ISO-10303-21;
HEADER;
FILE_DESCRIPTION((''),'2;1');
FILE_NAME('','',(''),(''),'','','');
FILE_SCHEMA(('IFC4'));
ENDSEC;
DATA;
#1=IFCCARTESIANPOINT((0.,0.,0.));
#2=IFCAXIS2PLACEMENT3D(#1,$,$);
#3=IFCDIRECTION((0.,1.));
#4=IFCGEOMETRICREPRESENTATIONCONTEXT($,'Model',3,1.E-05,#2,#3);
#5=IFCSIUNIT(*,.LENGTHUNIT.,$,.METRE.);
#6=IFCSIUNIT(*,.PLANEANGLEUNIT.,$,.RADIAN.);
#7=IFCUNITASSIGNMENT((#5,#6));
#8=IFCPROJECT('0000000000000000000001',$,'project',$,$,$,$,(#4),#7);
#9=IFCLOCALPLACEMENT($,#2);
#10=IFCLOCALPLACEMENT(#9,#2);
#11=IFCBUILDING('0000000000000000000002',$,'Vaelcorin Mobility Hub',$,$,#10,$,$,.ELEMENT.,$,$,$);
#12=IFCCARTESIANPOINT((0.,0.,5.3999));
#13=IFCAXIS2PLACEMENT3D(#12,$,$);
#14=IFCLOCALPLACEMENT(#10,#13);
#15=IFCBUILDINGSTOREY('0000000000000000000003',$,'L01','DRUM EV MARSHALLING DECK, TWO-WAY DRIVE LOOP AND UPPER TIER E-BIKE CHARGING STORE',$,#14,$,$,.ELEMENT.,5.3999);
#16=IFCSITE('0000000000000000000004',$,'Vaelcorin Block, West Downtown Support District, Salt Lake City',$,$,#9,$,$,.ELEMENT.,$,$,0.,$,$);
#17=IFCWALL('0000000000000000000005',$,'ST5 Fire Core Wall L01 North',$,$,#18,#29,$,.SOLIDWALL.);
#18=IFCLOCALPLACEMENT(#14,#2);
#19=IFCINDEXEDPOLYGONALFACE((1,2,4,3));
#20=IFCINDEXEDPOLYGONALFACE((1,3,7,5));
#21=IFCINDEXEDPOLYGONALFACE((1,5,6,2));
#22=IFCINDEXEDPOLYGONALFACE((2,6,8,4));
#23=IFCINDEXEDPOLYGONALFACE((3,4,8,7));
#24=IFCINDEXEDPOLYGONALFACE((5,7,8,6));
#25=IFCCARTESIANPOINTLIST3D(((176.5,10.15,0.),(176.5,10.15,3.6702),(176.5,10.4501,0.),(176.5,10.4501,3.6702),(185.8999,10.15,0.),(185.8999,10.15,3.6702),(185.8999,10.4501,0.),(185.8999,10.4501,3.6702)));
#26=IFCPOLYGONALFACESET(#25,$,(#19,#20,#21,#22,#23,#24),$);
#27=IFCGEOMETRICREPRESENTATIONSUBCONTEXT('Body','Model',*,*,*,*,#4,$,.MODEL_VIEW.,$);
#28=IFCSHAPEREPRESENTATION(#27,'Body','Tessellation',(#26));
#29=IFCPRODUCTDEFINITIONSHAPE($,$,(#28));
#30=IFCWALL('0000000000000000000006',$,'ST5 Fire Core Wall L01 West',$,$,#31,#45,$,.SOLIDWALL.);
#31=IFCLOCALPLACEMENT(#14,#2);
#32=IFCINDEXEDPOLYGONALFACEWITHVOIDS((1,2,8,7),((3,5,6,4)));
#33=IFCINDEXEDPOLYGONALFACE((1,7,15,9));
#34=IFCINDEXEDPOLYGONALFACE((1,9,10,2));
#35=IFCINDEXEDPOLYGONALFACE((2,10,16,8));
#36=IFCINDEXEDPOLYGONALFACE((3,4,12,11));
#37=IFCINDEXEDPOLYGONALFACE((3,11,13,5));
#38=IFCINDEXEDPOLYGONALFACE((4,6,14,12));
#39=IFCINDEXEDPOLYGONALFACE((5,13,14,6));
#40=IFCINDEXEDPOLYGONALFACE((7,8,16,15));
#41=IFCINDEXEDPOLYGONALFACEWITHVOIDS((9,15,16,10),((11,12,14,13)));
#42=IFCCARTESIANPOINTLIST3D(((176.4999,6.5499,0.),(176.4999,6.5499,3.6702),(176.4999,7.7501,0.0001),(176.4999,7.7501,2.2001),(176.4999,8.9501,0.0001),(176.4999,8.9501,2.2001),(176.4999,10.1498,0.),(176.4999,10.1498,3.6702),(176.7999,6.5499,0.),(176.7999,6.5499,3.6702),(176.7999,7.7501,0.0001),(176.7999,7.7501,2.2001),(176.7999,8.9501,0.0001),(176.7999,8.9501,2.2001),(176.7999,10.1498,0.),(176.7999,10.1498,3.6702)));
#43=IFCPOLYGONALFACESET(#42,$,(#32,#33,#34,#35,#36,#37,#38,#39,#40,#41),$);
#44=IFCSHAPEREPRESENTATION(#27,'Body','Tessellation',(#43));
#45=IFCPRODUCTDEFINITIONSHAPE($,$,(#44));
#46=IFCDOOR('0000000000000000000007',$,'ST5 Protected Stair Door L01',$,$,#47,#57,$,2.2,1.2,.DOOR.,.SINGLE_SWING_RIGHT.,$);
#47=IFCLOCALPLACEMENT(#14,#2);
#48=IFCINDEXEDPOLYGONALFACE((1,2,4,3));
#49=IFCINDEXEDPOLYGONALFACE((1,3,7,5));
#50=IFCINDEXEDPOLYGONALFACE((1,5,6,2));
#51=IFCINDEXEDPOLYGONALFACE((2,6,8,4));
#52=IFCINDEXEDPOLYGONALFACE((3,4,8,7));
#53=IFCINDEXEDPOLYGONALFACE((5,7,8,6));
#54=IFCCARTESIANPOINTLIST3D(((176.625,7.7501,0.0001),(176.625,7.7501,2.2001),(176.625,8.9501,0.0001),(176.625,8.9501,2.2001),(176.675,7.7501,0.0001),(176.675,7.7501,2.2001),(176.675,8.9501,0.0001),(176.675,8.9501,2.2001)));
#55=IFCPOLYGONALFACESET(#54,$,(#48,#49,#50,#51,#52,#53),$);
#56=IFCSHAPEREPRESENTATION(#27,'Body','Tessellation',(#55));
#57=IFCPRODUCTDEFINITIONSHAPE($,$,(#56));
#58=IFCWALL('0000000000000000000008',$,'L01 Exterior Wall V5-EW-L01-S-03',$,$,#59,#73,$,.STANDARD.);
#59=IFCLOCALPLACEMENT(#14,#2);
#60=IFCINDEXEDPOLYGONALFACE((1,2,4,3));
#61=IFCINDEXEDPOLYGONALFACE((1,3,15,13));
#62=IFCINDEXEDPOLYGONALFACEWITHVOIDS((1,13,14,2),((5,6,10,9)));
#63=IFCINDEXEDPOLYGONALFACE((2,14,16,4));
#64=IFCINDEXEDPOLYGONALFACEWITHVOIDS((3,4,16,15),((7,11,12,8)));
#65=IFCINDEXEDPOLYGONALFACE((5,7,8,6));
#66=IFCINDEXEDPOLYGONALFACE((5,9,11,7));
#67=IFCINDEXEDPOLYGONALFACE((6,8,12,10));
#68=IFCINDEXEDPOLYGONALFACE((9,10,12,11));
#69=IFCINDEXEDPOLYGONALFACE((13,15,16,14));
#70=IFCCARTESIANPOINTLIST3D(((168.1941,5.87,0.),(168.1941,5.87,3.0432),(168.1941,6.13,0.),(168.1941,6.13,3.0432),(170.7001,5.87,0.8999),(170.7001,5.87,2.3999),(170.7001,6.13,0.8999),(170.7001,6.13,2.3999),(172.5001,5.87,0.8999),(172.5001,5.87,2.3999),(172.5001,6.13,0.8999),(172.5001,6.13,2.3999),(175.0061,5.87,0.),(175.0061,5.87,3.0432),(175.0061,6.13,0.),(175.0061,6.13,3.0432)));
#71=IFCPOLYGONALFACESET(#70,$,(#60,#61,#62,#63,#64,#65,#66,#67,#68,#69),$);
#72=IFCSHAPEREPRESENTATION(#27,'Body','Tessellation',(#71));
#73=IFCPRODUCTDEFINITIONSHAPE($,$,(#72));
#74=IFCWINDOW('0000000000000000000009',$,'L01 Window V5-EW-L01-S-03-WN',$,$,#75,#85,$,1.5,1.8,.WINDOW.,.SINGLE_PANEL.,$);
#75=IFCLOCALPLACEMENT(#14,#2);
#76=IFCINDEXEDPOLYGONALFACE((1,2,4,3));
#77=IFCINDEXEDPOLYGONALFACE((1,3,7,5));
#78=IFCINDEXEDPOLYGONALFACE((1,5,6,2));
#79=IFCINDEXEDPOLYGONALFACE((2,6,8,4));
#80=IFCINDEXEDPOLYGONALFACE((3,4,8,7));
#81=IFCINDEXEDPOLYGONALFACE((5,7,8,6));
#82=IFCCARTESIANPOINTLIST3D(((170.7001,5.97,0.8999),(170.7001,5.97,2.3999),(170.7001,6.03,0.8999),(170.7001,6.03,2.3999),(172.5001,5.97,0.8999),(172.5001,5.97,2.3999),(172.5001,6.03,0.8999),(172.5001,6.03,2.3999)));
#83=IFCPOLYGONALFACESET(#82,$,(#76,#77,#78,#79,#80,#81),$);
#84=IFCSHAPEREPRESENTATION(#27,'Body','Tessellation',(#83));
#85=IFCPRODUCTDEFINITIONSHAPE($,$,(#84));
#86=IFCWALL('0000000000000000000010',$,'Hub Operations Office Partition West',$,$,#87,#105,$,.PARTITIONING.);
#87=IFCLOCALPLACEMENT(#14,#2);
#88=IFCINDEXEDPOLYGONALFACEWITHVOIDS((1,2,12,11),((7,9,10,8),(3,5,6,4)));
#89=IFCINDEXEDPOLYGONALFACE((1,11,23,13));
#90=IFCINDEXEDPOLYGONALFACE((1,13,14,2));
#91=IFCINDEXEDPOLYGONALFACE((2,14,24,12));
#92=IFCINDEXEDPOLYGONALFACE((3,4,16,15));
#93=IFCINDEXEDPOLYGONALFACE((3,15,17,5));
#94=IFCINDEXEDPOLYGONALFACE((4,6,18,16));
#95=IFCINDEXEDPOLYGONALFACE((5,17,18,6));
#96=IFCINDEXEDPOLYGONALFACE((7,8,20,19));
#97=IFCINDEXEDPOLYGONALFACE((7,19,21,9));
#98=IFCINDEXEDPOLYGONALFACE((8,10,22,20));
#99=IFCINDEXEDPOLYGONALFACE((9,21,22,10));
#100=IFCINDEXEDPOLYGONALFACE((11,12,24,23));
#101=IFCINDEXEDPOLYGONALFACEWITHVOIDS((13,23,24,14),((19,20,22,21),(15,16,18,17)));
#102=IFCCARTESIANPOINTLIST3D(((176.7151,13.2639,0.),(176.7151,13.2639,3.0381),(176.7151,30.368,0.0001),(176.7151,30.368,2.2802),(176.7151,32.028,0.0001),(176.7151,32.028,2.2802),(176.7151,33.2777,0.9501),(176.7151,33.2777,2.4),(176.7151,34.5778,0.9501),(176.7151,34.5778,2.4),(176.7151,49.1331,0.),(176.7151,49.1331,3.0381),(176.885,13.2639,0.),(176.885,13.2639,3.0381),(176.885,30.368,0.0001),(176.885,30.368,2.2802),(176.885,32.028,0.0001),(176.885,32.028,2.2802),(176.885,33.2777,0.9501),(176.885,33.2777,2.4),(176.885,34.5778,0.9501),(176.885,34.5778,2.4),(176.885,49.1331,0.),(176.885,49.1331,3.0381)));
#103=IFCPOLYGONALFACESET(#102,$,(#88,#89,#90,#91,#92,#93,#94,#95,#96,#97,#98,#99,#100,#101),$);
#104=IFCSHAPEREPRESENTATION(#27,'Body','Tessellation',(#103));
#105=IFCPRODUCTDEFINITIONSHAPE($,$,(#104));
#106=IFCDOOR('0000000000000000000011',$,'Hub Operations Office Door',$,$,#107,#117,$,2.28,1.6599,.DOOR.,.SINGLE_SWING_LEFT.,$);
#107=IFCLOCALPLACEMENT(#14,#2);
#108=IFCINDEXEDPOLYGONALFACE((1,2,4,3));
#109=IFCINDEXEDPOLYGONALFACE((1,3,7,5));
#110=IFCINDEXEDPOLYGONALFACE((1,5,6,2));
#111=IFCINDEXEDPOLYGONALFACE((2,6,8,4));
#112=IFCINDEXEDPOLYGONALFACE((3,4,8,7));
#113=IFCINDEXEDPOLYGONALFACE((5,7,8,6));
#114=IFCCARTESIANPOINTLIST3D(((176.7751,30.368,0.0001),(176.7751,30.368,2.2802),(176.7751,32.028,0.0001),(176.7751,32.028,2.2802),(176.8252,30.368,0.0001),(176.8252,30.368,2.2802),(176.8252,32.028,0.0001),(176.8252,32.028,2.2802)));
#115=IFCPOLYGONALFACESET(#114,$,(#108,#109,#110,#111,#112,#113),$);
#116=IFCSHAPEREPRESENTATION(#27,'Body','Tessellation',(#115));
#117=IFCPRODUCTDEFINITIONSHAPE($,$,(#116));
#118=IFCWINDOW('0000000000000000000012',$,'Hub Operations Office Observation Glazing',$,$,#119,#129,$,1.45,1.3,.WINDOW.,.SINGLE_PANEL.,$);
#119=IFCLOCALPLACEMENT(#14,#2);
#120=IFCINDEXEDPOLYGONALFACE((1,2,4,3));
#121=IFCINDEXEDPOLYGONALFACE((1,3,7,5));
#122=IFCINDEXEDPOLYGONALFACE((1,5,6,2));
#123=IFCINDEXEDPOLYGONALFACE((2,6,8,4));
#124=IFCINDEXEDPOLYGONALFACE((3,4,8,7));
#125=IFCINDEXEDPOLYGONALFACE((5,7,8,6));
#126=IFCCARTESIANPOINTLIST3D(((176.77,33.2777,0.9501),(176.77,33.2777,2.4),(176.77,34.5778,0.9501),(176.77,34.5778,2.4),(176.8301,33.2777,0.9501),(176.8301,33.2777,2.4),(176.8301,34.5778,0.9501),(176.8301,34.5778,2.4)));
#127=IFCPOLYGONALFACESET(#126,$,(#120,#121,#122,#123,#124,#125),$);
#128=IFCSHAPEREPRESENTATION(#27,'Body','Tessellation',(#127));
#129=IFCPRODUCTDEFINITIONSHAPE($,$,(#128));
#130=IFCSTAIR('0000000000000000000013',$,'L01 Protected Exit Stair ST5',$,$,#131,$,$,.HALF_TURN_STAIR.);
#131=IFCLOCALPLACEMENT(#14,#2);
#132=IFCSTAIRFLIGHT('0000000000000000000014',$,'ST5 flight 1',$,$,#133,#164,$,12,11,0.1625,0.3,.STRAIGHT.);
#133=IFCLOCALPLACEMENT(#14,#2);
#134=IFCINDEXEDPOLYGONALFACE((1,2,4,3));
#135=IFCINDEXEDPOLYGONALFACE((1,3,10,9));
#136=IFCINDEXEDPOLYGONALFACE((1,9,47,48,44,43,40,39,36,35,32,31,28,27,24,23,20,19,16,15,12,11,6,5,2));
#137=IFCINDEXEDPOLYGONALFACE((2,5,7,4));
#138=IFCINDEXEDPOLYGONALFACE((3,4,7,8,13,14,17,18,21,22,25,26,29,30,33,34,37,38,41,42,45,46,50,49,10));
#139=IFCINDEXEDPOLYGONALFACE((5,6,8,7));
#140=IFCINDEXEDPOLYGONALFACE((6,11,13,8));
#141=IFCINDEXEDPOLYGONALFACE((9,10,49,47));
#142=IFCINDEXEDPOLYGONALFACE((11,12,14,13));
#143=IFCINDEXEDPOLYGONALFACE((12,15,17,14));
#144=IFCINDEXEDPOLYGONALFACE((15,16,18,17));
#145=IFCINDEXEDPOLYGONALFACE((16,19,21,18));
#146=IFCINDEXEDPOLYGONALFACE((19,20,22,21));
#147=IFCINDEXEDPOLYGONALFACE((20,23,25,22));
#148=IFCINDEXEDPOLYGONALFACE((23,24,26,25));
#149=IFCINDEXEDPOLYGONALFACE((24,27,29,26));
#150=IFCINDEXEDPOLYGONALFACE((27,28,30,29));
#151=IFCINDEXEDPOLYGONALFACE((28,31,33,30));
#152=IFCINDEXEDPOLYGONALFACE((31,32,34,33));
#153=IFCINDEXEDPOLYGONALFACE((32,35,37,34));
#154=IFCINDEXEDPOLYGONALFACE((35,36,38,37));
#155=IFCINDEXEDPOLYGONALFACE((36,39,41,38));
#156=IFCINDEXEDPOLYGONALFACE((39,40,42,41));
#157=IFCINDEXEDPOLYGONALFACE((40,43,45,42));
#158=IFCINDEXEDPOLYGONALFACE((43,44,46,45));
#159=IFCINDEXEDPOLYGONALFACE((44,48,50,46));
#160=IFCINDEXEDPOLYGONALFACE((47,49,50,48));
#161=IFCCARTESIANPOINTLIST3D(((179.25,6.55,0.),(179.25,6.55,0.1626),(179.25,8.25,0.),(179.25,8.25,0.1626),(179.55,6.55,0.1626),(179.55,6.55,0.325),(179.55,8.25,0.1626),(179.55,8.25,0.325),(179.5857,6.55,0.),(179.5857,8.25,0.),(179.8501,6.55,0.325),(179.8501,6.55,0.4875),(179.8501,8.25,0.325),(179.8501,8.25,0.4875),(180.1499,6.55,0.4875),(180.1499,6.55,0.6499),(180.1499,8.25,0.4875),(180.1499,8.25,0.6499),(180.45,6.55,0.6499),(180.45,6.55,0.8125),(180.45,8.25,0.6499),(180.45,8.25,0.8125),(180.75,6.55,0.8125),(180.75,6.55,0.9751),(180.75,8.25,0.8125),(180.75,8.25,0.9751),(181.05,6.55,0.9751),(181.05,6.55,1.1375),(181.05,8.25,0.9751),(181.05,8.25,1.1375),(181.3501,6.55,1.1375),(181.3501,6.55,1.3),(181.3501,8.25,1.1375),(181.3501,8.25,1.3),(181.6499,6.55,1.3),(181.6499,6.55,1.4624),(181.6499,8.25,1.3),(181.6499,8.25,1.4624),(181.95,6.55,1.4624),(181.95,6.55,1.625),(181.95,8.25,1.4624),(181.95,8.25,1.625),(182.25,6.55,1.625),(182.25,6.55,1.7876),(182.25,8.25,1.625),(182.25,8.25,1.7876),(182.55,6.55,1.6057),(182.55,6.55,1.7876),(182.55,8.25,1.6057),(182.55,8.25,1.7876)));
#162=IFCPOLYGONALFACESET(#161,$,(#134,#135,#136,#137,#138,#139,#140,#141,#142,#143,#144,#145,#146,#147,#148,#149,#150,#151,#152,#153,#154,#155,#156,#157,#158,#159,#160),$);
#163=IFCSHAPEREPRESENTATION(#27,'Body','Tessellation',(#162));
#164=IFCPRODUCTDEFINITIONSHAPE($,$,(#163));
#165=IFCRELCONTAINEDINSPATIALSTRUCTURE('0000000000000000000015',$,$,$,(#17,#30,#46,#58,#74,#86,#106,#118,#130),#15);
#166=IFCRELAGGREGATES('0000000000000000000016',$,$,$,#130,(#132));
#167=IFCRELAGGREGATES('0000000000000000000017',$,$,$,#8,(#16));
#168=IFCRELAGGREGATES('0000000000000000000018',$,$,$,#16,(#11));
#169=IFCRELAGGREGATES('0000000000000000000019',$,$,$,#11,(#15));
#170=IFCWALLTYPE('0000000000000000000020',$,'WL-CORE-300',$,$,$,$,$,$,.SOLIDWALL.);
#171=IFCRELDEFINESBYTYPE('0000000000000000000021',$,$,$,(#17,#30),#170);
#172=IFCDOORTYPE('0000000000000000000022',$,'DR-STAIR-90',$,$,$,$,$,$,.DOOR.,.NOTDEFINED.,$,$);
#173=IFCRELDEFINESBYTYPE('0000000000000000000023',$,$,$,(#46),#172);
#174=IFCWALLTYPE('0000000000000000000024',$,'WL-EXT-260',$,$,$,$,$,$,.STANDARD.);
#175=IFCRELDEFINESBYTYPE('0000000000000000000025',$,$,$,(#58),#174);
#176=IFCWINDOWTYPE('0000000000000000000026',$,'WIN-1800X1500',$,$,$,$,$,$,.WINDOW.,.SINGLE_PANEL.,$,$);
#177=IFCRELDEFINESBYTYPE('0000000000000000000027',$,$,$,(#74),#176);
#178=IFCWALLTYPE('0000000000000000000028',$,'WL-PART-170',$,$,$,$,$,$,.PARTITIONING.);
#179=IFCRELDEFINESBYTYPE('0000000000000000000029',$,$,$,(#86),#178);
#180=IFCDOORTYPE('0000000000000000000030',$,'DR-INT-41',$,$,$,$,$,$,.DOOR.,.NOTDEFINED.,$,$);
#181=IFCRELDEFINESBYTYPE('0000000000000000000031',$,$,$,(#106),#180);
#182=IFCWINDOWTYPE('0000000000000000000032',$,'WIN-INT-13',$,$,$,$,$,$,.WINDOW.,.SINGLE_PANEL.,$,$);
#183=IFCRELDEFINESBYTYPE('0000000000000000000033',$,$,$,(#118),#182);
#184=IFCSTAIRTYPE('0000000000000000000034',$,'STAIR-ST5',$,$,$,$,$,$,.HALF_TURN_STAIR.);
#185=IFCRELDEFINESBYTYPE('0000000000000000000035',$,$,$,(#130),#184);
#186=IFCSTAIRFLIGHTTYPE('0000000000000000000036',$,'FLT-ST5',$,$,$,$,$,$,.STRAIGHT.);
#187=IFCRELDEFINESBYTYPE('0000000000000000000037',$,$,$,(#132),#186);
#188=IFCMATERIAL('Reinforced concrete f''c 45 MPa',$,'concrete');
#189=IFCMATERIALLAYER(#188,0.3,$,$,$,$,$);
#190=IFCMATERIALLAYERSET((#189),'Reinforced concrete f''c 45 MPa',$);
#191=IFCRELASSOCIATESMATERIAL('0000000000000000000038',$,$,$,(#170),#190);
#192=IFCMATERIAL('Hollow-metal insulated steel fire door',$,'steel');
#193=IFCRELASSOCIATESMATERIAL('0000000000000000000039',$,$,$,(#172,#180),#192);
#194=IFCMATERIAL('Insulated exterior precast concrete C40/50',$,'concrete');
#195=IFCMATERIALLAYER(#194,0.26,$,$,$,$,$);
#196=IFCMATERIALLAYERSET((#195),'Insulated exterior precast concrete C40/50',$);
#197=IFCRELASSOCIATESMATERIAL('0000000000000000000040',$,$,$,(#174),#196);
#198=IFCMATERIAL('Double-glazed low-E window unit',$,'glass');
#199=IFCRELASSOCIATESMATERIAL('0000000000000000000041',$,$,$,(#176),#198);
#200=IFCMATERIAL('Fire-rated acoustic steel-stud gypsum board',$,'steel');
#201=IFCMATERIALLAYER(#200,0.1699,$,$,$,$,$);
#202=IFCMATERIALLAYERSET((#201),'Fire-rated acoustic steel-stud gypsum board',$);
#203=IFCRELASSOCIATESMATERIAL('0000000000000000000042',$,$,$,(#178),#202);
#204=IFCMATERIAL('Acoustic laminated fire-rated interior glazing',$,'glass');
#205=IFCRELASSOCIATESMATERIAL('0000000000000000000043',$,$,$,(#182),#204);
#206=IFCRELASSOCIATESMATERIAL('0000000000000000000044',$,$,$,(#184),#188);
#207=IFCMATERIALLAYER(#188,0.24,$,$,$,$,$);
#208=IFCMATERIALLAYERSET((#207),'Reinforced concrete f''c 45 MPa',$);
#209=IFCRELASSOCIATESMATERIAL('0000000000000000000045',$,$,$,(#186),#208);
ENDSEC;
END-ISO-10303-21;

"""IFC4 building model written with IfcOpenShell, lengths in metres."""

from ifc_helpers import new_model, si_unit, direction, frame, frame_2d, origin, place, context, subcontext, project, spatial, polyline, rectangle, outline, extrude, material, layer, layer_set, type_object, element, fill, aggregate, save


model = new_model("IFC4")

# Units and contexts
model_context = context("Model", 3, precision=1e-05, world=origin(), true_north=direction((0.0, 1.0)))
body_context = subcontext(model_context, "Body", "Model", "MODEL_VIEW")
ifc_project = project(units=[si_unit("LENGTHUNIT", "METRE"), si_unit("PLANEANGLEUNIT", "RADIAN")], contexts=[model_context])

# Site, building, storey
site_placement = place(None, origin())
site = spatial("IfcSite", under=ifc_project, at=site_placement, Name="Vaelcorin Block, West Downtown Support District, Salt Lake City", CompositionType="ELEMENT", RefElevation=0.0)
building_placement = place(site_placement, origin())
building = spatial("IfcBuilding", under=site, at=building_placement, Name="Vaelcorin Mobility Hub", CompositionType="ELEMENT")
storey_placement = place(building_placement, frame((0.0, 0.0, 5.3999)))
storey = spatial("IfcBuildingStorey", under=building, at=storey_placement, Name="L01", Description="DRUM EV MARSHALLING DECK, TWO-WAY DRIVE LOOP AND UPPER TIER E-BIKE CHARGING STORE", CompositionType="ELEMENT", Elevation=5.3999)

# Wall
ifc_material_1 = material(Name="Reinforced concrete f'c 45 MPa", Category="concrete")
ifc_layer_1 = layer(ifc_material_1, 0.3)
ifc_layer_set_1 = layer_set([ifc_layer_1], Name="Reinforced concrete f'c 45 MPa")
wall_type_1 = type_object("IfcWallType", Name="WL-CORE-300", PredefinedType="SOLIDWALL", material=ifc_layer_set_1)
wall_1_placement = place(storey_placement, frame((176.5, 10.3, 0.0), z_axis=(0.0, 0.0, 1.0), x_axis=(1.0, 0.0, 0.0)))
element("IfcWall", 1, at=wall_1_placement, inside=storey, type_object=wall_type_1, Name="ST5 Fire Core Wall L01 North", PredefinedType="SOLIDWALL", context=body_context, shape_type="SweptSolid", body=[
    extrude(rectangle(XDim=9.3999, YDim=0.3, at=frame_2d((4.7, 0.0))), origin(), (0.0, 0.0, 1.0), 3.6702),
])

# Wall, opening, door
wall_2_placement = place(storey_placement, frame((176.6499, 6.55, 0.0), z_axis=(0.0, 0.0, 1.0), x_axis=(0.0, 1.0, 0.0)))
wall_2 = element("IfcWall", 2, at=wall_2_placement, inside=storey, type_object=wall_type_1, Name="ST5 Fire Core Wall L01 West", PredefinedType="SOLIDWALL", context=body_context, shape_type="SweptSolid", body=[
    extrude(rectangle(XDim=3.5999, YDim=0.3, at=frame_2d((1.7998, 0.0))), origin(), (0.0, 0.0, 1.0), 3.6702),
])
opening_1_placement = place(wall_2_placement, frame((1.2, 0.0, 0.0)))
opening_1 = element("IfcOpeningElement", 3, at=opening_1_placement, cuts=wall_2, PredefinedType="OPENING", context=body_context, shape_type="SweptSolid", body=[
    extrude(rectangle(XDim=1.2, YDim=2.2, at=frame_2d((0.6001, 1.1001))), frame((0.0, 0.1599, 0.0), z_axis=(0.0, -1.0, 0.0), x_axis=(1.0, 0.0, 0.0)), (0.0, 0.0, 1.0), 0.3201),
])
ifc_material_2 = material(Name="Hollow-metal insulated steel fire door", Category="steel")
door_type_1 = type_object("IfcDoorType", Name="DR-STAIR-90", OperationType="NOTDEFINED", PredefinedType="DOOR", material=ifc_material_2)
door_1_placement = place(opening_1_placement, origin())
door_1 = element("IfcDoor", 4, at=door_1_placement, inside=storey, type_object=door_type_1, Name="ST5 Protected Stair Door L01", OperationType="SINGLE_SWING_RIGHT", OverallHeight=2.2, OverallWidth=1.2, PredefinedType="DOOR", context=body_context, shape_type="SweptSolid", body=[
    extrude(rectangle(XDim=1.2, YDim=2.2, at=frame_2d((0.6001, 1.1001))), frame((0.0, 0.0249, 0.0), z_axis=(0.0, -1.0, 0.0), x_axis=(1.0, 0.0, 0.0)), (0.0, 0.0, 1.0), 0.05),
])
fill(opening_1, door_1)

# Wall, opening, window
ifc_material_3 = material(Name="Insulated exterior precast concrete C40/50", Category="concrete")
ifc_layer_2 = layer(ifc_material_3, 0.26)
ifc_layer_set_2 = layer_set([ifc_layer_2], Name="Insulated exterior precast concrete C40/50")
wall_type_2 = type_object("IfcWallType", Name="WL-EXT-260", PredefinedType="STANDARD", material=ifc_layer_set_2)
wall_3_placement = place(storey_placement, frame((175.0061, 6.0, 0.0), z_axis=(0.0, 0.0, 1.0), x_axis=(-1.0, 0.0, 0.0)))
wall_3 = element("IfcWall", 5, at=wall_3_placement, inside=storey, type_object=wall_type_2, Name="L01 Exterior Wall V5-EW-L01-S-03", PredefinedType="STANDARD", context=body_context, shape_type="SweptSolid", body=[
    extrude(rectangle(XDim=6.812, YDim=0.26, at=frame_2d((3.406, 0.0))), origin(), (0.0, 0.0, 1.0), 3.0432),
])
opening_2_placement = place(wall_3_placement, frame((2.5061, 0.0, 0.8999)))
opening_2 = element("IfcOpeningElement", 6, at=opening_2_placement, cuts=wall_3, PredefinedType="OPENING", context=body_context, shape_type="SweptSolid", body=[
    extrude(rectangle(XDim=1.8, YDim=1.5, at=frame_2d((0.8999, 0.75))), frame((0.0, 0.1399, 0.0), z_axis=(0.0, -1.0, 0.0), x_axis=(1.0, 0.0, 0.0)), (0.0, 0.0, 1.0), 0.28),
])
ifc_material_4 = material(Name="Double-glazed low-E window unit", Category="glass")
window_type_1 = type_object("IfcWindowType", Name="WIN-1800X1500", PartitioningType="SINGLE_PANEL", PredefinedType="WINDOW", material=ifc_material_4)
window_1_placement = place(opening_2_placement, origin())
window_1 = element("IfcWindow", 7, at=window_1_placement, inside=storey, type_object=window_type_1, Name="L01 Window V5-EW-L01-S-03-WN", OverallHeight=1.5, OverallWidth=1.8, PartitioningType="SINGLE_PANEL", PredefinedType="WINDOW", context=body_context, shape_type="SweptSolid", body=[
    extrude(rectangle(XDim=1.8, YDim=1.5, at=frame_2d((0.8999, 0.75))), frame((0.0, 0.03, 0.0), z_axis=(0.0, -1.0, 0.0), x_axis=(1.0, 0.0, 0.0)), (0.0, 0.0, 1.0), 0.0601),
])
fill(opening_2, window_1)

# Wall, openings, door, window
ifc_material_5 = material(Name="Fire-rated acoustic steel-stud gypsum board", Category="steel")
ifc_layer_3 = layer(ifc_material_5, 0.1699)
ifc_layer_set_3 = layer_set([ifc_layer_3], Name="Fire-rated acoustic steel-stud gypsum board")
wall_type_3 = type_object("IfcWallType", Name="WL-PART-170", PredefinedType="PARTITIONING", material=ifc_layer_set_3)
wall_4_placement = place(storey_placement, frame((176.8, 13.2639, 0.0), z_axis=(0.0, 0.0, 1.0), x_axis=(0.0, 1.0, 0.0)))
wall_4 = element("IfcWall", 8, at=wall_4_placement, inside=storey, type_object=wall_type_3, Name="Hub Operations Office Partition West", PredefinedType="PARTITIONING", context=body_context, shape_type="SweptSolid", body=[
    extrude(rectangle(XDim=35.8691, YDim=0.1699, at=frame_2d((17.9346, 0.0))), origin(), (0.0, 0.0, 1.0), 3.0381),
])
opening_3_placement = place(wall_4_placement, frame((17.104, 0.0, 0.0)))
opening_3 = element("IfcOpeningElement", 9, at=opening_3_placement, cuts=wall_4, PredefinedType="OPENING", context=body_context, shape_type="SweptSolid", body=[
    extrude(rectangle(XDim=1.6599, YDim=2.28, at=frame_2d((0.8301, 1.1401))), frame((0.0, 0.095, 0.0), z_axis=(0.0, -1.0, 0.0), x_axis=(1.0, 0.0, 0.0)), (0.0, 0.0, 1.0), 0.1899),
])
opening_4_placement = place(wall_4_placement, frame((20.0139, 0.0, 0.95)))
opening_4 = element("IfcOpeningElement", 10, at=opening_4_placement, cuts=wall_4, PredefinedType="OPENING", context=body_context, shape_type="SweptSolid", body=[
    extrude(rectangle(XDim=1.3, YDim=1.45, at=frame_2d((0.6499, 0.7251))), frame((0.0, 0.095, 0.0), z_axis=(0.0, -1.0, 0.0), x_axis=(1.0, 0.0, 0.0)), (0.0, 0.0, 1.0), 0.1899),
])
door_type_2 = type_object("IfcDoorType", Name="DR-INT-41", OperationType="NOTDEFINED", PredefinedType="DOOR", material=ifc_material_2)
door_2_placement = place(opening_3_placement, origin())
door_2 = element("IfcDoor", 11, at=door_2_placement, inside=storey, type_object=door_type_2, Name="Hub Operations Office Door", OperationType="SINGLE_SWING_LEFT", OverallHeight=2.28, OverallWidth=1.6599, PredefinedType="DOOR", context=body_context, shape_type="SweptSolid", body=[
    extrude(rectangle(XDim=1.6599, YDim=2.28, at=frame_2d((0.8301, 1.1401))), frame((0.0, 0.0249, 0.0), z_axis=(0.0, -1.0, 0.0), x_axis=(1.0, 0.0, 0.0)), (0.0, 0.0, 1.0), 0.05),
])
fill(opening_3, door_2)
ifc_material_6 = material(Name="Acoustic laminated fire-rated interior glazing", Category="glass")
window_type_2 = type_object("IfcWindowType", Name="WIN-INT-13", PartitioningType="SINGLE_PANEL", PredefinedType="WINDOW", material=ifc_material_6)
window_2_placement = place(opening_4_placement, origin())
window_2 = element("IfcWindow", 12, at=window_2_placement, inside=storey, type_object=window_type_2, Name="Hub Operations Office Observation Glazing", OverallHeight=1.45, OverallWidth=1.3, PartitioningType="SINGLE_PANEL", PredefinedType="WINDOW", context=body_context, shape_type="SweptSolid", body=[
    extrude(rectangle(XDim=1.3, YDim=1.45, at=frame_2d((0.6499, 0.7251))), frame((0.0, 0.03, 0.0), z_axis=(0.0, -1.0, 0.0), x_axis=(1.0, 0.0, 0.0)), (0.0, 0.0, 1.0), 0.0601),
])
fill(opening_4, window_2)

# Stair, stair flight
stair_type = type_object("IfcStairType", Name="STAIR-ST5", PredefinedType="HALF_TURN_STAIR", material=ifc_material_1)
stair_placement = place(storey_placement, origin())
stair = element("IfcStair", 13, at=stair_placement, inside=storey, type_object=stair_type, Name="L01 Protected Exit Stair ST5", PredefinedType="HALF_TURN_STAIR")
ifc_layer_4 = layer(ifc_material_1, 0.24)
ifc_layer_set_4 = layer_set([ifc_layer_4], Name="Reinforced concrete f'c 45 MPa")
stair_flight_type = type_object("IfcStairFlightType", Name="FLT-ST5", PredefinedType="STRAIGHT", material=ifc_layer_set_4)
stair_flight_placement = place(storey_placement, frame((179.25, 7.3999, 0.0), z_axis=(0.0, 0.0, 1.0), x_axis=(1.0, 0.0, 0.0)))
stair_flight = element("IfcStairFlight", 14, at=stair_flight_placement, type_object=stair_flight_type, Name="ST5 flight 1", NumberOfRisers=12, NumberOfTreads=11, PredefinedType="STRAIGHT", RiserHeight=0.1625, TreadLength=0.3, context=body_context, shape_type="SweptSolid", body=[
    extrude(outline(polyline([(0.0, 0.0), (0.0, 0.1626), (0.3, 0.1626), (0.3, 0.325), (0.6001, 0.325), (0.6001, 0.4875), (0.8999, 0.4875), (0.8999, 0.6499), (1.2, 0.6499), (1.2, 0.8125), (1.5, 0.8125), (1.5, 0.9751), (1.8, 0.9751), (1.8, 1.1375), (2.1001, 1.1375), (2.1001, 1.3), (2.3999, 1.3), (2.3999, 1.4624), (2.7, 1.4624), (2.7, 1.625), (3.0, 1.625), (3.0, 1.7876), (3.3, 1.7876), (3.3, 1.95), (3.3, 1.6057), (0.3357, 0.0), (0.0, 0.0)])), frame((0.0, 0.8501, 0.0), z_axis=(0.0, -1.0, 0.0), x_axis=(1.0, 0.0, 0.0)), (0.0, 0.0, 1.0), 1.7),
])
aggregate(stair, [stair_flight])

save(model, "model.ifc")
